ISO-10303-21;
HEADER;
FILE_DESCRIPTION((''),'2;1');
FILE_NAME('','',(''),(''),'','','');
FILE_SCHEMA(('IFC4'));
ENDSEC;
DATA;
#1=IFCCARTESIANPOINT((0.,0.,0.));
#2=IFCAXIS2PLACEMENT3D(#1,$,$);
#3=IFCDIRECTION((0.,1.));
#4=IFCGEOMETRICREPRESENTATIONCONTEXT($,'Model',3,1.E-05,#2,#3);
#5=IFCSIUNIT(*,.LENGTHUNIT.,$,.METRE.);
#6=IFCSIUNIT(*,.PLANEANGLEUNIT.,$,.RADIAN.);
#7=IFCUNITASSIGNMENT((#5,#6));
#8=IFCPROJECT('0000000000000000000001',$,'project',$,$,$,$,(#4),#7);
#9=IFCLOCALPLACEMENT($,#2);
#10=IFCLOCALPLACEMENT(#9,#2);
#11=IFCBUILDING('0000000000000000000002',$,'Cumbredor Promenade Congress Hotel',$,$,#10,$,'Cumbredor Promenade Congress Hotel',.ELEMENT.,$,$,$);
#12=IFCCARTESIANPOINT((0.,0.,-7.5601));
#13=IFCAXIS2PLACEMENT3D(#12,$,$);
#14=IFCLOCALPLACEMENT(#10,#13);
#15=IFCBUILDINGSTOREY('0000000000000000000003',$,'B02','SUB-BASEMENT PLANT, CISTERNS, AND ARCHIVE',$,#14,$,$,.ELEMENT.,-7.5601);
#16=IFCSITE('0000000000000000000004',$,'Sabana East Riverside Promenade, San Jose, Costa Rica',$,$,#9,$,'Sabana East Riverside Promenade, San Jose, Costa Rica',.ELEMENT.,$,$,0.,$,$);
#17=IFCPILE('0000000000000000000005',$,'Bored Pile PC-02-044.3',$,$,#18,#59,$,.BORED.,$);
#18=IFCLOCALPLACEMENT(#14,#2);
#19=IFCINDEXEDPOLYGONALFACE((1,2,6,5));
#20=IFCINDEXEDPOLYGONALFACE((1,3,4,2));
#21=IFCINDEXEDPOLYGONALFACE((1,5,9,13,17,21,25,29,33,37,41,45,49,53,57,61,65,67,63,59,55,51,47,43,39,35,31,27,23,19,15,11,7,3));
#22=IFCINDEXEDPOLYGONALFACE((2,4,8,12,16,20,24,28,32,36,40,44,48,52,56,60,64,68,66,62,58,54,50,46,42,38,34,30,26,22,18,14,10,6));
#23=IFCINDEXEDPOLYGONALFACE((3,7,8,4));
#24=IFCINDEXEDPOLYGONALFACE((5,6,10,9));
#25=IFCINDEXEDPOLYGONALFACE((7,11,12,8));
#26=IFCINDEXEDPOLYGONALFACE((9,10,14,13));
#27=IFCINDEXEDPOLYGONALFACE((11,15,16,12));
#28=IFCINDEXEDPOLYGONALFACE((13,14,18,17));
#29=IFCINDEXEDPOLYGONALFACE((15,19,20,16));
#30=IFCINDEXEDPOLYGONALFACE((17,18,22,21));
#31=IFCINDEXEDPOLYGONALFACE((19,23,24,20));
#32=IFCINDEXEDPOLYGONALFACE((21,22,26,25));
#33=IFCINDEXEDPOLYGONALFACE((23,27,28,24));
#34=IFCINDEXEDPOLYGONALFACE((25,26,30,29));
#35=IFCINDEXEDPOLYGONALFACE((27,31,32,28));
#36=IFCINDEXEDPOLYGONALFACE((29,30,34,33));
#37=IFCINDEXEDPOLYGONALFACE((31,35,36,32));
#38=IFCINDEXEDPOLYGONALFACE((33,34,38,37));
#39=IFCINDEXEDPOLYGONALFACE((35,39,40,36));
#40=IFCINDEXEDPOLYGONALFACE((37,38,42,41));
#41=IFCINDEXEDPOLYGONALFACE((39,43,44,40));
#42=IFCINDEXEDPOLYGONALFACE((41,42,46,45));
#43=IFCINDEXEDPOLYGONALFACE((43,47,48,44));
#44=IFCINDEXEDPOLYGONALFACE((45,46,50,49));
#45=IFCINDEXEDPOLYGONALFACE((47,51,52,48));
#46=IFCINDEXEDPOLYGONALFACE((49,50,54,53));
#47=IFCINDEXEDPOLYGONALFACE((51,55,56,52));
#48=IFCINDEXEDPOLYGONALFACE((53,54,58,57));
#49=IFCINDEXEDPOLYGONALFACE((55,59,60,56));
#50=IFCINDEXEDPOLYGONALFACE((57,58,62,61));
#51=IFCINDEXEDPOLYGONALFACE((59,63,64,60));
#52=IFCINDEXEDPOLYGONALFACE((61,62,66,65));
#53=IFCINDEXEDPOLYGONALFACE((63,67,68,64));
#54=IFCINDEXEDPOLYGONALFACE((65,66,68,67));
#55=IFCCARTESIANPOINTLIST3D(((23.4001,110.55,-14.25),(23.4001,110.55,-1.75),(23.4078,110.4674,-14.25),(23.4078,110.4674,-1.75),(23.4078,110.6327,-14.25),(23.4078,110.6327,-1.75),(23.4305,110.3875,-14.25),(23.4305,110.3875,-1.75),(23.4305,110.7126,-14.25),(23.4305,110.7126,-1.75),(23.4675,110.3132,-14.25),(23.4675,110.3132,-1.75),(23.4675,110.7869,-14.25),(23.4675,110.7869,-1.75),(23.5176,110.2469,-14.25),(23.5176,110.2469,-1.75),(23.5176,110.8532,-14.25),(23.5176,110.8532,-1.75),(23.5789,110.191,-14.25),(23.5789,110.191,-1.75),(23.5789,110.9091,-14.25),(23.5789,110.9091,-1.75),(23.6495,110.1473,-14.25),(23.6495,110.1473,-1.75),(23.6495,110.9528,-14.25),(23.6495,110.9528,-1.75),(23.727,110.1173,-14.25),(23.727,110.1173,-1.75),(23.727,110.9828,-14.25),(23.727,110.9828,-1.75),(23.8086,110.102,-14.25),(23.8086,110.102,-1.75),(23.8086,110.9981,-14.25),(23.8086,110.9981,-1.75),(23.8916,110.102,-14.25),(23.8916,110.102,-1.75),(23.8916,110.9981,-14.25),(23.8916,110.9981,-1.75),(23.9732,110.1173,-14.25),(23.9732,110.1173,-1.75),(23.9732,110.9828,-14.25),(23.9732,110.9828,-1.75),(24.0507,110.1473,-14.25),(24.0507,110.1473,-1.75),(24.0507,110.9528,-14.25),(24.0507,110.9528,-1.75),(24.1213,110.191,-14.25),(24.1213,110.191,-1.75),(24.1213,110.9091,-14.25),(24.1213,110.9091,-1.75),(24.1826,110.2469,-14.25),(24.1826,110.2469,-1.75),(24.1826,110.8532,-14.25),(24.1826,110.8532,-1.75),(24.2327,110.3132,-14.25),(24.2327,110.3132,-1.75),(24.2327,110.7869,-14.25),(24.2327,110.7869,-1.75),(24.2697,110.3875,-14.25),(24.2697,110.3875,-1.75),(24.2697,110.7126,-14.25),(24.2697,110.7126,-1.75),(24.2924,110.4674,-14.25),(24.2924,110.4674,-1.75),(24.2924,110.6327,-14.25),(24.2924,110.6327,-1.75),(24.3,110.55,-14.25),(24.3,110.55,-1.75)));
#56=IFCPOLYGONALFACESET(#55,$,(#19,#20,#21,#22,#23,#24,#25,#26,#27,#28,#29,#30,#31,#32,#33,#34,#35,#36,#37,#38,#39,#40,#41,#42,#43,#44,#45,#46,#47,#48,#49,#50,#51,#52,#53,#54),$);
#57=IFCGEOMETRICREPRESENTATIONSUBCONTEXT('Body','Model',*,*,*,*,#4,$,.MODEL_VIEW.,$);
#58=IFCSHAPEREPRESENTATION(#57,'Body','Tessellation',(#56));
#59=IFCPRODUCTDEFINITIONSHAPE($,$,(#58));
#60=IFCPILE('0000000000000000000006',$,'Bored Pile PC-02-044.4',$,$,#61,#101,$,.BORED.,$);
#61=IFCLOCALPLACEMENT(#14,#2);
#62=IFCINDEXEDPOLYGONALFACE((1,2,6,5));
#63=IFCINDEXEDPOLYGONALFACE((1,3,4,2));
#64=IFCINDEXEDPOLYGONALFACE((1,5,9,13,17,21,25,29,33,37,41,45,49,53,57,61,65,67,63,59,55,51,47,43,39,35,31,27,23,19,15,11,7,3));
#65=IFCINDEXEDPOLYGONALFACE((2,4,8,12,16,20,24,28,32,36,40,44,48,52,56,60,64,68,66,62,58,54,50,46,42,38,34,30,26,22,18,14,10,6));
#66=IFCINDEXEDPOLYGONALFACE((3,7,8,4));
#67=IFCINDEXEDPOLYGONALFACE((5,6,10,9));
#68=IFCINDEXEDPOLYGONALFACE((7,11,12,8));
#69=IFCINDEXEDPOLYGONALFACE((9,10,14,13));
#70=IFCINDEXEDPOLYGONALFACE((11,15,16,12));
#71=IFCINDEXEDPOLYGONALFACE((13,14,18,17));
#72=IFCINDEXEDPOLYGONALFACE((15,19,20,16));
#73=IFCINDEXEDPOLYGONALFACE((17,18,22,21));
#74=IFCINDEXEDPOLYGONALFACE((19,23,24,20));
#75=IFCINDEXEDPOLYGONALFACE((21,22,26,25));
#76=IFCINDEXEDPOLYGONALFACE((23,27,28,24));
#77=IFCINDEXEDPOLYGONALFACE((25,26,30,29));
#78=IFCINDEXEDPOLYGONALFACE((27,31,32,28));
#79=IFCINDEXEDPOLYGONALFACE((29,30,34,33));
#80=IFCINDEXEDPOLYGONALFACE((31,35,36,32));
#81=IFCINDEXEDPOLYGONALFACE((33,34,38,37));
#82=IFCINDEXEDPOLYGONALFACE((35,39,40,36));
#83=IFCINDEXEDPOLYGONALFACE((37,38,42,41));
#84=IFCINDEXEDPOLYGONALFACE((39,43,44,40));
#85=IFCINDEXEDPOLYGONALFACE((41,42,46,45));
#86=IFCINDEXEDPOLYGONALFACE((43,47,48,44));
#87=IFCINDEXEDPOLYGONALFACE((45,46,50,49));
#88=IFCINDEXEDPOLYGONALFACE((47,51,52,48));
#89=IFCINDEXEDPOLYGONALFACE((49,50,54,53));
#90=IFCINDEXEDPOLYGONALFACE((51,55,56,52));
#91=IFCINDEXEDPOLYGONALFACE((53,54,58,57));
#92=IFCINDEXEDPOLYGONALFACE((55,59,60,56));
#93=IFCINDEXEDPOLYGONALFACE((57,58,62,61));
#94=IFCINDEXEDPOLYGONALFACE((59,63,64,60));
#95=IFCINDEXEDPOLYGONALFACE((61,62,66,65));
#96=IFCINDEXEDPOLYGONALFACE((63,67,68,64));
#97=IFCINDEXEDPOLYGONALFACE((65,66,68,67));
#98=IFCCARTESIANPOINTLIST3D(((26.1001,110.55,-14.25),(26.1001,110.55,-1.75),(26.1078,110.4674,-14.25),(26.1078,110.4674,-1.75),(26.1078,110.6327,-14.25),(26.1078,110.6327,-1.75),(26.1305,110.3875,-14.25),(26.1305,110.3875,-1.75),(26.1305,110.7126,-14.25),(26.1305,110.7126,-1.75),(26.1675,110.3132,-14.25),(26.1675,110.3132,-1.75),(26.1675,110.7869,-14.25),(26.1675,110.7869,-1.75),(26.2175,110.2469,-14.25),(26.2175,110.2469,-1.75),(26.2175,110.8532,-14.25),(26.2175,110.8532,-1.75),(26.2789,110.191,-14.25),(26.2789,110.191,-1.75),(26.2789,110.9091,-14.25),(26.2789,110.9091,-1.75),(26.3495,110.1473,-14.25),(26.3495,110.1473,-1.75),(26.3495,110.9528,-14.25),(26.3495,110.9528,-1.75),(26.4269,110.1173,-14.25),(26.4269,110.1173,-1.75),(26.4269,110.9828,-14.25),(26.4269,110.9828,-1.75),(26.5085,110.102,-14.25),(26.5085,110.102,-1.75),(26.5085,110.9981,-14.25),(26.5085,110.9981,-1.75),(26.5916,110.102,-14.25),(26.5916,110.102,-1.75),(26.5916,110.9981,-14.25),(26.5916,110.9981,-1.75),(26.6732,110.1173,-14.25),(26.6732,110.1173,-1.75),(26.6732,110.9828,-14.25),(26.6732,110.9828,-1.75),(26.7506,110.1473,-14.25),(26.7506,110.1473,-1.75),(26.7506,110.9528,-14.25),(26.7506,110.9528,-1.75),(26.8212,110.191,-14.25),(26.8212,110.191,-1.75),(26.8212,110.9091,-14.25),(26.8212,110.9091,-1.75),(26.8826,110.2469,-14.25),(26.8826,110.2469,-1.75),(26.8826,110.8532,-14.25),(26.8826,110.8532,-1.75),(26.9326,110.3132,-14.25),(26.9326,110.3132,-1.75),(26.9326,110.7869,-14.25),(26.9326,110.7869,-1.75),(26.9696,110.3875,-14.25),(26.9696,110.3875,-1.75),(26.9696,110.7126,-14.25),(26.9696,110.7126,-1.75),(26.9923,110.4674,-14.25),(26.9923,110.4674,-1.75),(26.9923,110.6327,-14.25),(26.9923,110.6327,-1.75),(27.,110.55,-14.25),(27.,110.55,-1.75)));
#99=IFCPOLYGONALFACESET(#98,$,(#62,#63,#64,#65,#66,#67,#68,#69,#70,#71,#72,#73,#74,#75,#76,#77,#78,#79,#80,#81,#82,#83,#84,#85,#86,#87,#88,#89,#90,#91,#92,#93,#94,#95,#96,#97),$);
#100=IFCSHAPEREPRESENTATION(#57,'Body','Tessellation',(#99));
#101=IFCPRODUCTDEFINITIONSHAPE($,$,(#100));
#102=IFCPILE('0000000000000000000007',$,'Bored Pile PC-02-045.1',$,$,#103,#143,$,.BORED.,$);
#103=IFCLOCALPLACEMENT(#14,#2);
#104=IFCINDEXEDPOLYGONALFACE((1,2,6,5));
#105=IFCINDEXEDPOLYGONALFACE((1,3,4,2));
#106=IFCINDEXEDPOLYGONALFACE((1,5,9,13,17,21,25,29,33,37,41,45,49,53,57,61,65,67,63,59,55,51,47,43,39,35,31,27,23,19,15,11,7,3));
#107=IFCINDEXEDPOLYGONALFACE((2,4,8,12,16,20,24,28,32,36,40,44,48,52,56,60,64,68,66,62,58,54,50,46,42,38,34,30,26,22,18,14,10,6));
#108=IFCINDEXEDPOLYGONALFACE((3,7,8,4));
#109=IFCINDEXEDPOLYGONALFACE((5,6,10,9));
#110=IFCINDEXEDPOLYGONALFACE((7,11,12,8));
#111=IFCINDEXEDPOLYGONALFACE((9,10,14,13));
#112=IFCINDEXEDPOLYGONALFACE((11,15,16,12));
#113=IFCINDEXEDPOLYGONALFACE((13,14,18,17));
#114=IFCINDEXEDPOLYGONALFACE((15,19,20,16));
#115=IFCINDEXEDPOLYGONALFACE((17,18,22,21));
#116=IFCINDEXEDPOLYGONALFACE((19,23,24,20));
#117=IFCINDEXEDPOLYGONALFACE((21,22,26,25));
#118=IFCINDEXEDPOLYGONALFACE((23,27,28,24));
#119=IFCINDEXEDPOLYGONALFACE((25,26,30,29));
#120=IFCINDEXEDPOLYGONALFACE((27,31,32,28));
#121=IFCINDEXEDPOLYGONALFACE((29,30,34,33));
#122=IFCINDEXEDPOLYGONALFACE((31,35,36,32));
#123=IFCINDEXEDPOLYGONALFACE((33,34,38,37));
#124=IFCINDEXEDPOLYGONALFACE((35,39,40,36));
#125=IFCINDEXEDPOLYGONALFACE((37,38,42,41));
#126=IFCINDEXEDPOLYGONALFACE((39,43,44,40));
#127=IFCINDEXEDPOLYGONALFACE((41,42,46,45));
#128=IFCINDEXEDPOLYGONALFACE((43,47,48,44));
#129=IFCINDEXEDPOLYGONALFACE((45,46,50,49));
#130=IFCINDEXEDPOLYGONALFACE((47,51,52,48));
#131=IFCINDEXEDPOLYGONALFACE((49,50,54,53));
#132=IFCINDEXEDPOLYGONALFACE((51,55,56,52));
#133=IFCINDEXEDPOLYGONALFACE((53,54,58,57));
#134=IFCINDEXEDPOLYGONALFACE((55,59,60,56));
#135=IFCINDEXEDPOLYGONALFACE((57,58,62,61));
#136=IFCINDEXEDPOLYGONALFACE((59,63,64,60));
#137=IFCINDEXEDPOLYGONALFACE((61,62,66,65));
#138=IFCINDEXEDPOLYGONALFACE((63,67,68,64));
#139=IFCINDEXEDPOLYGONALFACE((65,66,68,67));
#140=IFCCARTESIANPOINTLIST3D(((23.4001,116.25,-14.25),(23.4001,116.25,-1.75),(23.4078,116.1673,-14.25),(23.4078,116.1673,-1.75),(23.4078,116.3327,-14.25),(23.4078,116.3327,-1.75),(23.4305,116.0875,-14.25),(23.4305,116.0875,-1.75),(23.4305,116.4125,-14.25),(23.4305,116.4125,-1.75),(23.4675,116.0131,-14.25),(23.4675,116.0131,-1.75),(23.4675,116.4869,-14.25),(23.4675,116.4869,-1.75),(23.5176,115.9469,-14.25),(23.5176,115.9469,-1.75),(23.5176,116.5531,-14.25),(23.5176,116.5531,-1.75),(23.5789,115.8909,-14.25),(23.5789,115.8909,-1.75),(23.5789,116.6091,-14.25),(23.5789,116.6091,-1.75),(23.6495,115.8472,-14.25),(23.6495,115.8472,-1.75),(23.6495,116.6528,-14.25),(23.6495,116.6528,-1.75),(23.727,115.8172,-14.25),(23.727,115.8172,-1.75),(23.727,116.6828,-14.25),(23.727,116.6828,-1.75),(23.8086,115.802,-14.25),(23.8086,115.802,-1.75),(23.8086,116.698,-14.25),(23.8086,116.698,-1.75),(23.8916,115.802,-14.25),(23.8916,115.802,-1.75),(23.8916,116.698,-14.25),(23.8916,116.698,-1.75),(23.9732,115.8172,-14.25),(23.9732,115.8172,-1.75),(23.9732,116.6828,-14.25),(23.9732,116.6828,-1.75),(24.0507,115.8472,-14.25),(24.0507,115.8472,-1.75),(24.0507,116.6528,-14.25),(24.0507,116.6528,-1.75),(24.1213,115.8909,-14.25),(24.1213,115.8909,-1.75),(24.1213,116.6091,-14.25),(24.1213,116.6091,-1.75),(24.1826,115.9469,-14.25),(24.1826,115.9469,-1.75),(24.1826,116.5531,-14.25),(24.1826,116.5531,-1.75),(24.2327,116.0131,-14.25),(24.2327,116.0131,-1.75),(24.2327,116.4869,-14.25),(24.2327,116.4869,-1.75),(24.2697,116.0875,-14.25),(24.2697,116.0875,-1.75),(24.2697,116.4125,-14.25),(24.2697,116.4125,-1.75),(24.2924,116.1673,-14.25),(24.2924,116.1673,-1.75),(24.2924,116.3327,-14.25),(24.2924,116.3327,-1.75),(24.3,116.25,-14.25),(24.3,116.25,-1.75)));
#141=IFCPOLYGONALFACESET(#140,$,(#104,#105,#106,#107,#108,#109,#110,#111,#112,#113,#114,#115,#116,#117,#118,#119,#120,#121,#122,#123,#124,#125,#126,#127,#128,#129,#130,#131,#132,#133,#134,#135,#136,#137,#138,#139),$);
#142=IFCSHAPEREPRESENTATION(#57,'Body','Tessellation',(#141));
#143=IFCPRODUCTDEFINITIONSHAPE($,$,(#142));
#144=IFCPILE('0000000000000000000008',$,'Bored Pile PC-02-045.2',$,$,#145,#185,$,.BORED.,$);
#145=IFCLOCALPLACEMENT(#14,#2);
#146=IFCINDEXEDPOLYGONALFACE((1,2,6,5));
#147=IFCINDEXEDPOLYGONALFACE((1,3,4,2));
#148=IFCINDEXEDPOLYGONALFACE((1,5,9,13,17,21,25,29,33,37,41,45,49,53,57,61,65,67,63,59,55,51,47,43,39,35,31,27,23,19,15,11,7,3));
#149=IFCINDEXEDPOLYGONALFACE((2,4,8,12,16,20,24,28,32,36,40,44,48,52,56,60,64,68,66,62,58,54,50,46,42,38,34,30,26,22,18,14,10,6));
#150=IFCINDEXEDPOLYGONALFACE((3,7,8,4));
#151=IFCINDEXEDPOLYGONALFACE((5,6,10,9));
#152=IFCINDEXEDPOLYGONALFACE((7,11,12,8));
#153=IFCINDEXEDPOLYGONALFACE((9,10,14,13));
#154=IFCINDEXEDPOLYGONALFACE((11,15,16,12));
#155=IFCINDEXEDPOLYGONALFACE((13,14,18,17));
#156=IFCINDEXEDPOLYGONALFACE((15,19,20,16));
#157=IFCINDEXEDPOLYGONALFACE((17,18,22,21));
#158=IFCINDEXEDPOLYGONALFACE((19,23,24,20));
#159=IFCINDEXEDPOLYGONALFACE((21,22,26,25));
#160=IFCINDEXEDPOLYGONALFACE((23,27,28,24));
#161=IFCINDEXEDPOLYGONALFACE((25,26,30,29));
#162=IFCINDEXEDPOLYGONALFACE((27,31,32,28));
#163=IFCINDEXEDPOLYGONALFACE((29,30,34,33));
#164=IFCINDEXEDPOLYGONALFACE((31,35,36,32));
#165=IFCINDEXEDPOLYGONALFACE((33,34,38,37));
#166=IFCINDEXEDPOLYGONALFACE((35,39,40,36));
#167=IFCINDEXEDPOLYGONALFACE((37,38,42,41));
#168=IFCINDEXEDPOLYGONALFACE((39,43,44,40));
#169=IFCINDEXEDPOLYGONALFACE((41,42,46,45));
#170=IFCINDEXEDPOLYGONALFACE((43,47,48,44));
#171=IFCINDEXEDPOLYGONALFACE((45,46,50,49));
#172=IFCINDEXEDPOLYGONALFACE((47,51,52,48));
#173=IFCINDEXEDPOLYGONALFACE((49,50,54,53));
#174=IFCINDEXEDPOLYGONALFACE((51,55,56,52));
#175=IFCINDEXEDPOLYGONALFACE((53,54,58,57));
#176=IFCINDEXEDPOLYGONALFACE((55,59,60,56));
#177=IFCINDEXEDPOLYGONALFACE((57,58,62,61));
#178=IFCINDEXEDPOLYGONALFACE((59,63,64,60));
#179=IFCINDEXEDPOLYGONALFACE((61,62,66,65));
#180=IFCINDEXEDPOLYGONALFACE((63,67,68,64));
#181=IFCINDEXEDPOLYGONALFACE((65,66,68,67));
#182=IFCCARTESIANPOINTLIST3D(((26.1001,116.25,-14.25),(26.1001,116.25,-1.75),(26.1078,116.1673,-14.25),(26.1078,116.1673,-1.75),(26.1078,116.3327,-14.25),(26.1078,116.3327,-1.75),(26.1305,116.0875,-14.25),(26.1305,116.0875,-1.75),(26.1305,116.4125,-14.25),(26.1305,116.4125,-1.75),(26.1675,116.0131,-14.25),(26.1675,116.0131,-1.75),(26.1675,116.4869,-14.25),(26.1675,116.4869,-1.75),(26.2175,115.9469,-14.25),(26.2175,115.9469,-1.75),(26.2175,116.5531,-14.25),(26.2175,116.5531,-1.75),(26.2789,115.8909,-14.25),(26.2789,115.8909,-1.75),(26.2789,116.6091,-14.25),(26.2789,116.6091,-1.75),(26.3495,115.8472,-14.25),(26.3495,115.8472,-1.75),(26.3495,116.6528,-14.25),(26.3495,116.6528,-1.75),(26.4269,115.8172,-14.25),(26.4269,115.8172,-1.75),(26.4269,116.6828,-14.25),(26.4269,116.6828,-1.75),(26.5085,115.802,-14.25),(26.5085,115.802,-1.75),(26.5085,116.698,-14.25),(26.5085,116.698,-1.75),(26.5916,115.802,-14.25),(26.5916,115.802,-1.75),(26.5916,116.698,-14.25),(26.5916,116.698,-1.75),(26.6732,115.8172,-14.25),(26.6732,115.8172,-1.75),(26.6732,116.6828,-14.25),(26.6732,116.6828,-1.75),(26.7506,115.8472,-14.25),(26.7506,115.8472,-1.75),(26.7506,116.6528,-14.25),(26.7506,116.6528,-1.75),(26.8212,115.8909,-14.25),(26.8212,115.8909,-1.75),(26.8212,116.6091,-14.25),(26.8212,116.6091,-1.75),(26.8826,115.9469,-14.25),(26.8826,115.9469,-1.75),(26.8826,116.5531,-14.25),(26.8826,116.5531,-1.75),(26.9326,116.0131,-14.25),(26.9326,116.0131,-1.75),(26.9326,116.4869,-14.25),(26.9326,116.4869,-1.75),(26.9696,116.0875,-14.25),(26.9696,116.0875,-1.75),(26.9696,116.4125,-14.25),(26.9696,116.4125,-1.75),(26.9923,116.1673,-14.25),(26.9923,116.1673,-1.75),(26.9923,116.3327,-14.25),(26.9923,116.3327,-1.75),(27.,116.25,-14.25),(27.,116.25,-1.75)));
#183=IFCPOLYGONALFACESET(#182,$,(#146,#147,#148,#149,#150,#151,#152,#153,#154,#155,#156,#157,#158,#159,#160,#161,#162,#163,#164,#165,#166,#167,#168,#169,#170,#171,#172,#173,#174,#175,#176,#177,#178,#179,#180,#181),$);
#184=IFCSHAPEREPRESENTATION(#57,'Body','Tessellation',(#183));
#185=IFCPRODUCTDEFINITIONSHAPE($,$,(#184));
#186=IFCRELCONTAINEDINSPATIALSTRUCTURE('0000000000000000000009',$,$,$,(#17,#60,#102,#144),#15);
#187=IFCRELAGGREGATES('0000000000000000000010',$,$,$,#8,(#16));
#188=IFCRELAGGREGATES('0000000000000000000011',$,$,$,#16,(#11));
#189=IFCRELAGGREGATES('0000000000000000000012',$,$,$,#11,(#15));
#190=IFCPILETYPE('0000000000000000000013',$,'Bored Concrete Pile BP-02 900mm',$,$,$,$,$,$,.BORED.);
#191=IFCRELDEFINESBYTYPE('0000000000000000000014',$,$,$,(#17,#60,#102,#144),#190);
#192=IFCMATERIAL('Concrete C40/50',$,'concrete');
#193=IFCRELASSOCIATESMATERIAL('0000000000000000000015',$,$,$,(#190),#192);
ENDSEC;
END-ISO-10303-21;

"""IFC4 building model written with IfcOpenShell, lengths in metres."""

from ifc_helpers import new_model, si_unit, direction, frame, origin, origin_2d, place, context, subcontext, project, spatial, circle, extrude, material, material_profile, profile_set, type_object, element, save


model = new_model("IFC4")

# Units and contexts
model_context = context("Model", 3, precision=1e-05, world=origin(), true_north=direction((0.0, 1.0)))
body_context = subcontext(model_context, "Body", "Model", "MODEL_VIEW")
ifc_project = project(units=[si_unit("LENGTHUNIT", "METRE"), si_unit("PLANEANGLEUNIT", "RADIAN")], contexts=[model_context])

# Site, building, storey
site_placement = place(None, origin())
site = spatial("IfcSite", under=ifc_project, at=site_placement, Name="Sabana East Riverside Promenade, San Jose, Costa Rica", LongName="Sabana East Riverside Promenade, San Jose, Costa Rica", CompositionType="ELEMENT", RefElevation=0.0)
building_placement = place(site_placement, origin())
building = spatial("IfcBuilding", under=site, at=building_placement, Name="Cumbredor Promenade Congress Hotel", LongName="Cumbredor Promenade Congress Hotel", CompositionType="ELEMENT")
storey_placement = place(building_placement, frame((0.0, 0.0, -7.5601)))
storey = spatial("IfcBuildingStorey", under=building, at=storey_placement, Name="B02", Description="SUB-BASEMENT PLANT, CISTERNS, AND ARCHIVE", CompositionType="ELEMENT", Elevation=-7.5601)

# Piles
ifc_material_1 = material(Name="Concrete C40/50", Category="concrete")
ifc_material_profile_1 = material_profile(ifc_material_1, circle(Radius=0.45, at=origin_2d()), Name="PILE D900")
ifc_profile_set_1 = profile_set([ifc_material_profile_1], Name="Concrete C40/50")
pile_type = type_object("IfcPileType", Name="Bored Concrete Pile BP-02 900mm", PredefinedType="BORED", material=ifc_profile_set_1)
for number, where, z_axis, x_axis, name in (
    (1, (23.8501, 110.55, -1.75), (0.0, 0.0, -1.0), (1.0, 0.0, 0.0), "Bored Pile PC-02-044.3"),
    (2, (26.55, 110.55, -1.75), (0.0, 0.0, -1.0), (1.0, 0.0, 0.0), "Bored Pile PC-02-044.4"),
    (3, (23.8501, 116.25, -1.75), (0.0, 0.0, -1.0), (1.0, 0.0, 0.0), "Bored Pile PC-02-045.1"),
    (4, (26.55, 116.25, -1.75), (0.0, 0.0, -1.0), (1.0, 0.0, 0.0), "Bored Pile PC-02-045.2"),
):
    element("IfcPile", number, at=place(storey_placement, frame(where, z_axis=z_axis, x_axis=x_axis)), inside=storey, type_object=pile_type, Name=name, PredefinedType="BORED", context=body_context, shape_type="SweptSolid", body=[
        extrude(circle(Radius=0.45, at=origin_2d()), origin(), (0.0, 0.0, 1.0), 12.5),
    ])

save(model, "model.ifc")
